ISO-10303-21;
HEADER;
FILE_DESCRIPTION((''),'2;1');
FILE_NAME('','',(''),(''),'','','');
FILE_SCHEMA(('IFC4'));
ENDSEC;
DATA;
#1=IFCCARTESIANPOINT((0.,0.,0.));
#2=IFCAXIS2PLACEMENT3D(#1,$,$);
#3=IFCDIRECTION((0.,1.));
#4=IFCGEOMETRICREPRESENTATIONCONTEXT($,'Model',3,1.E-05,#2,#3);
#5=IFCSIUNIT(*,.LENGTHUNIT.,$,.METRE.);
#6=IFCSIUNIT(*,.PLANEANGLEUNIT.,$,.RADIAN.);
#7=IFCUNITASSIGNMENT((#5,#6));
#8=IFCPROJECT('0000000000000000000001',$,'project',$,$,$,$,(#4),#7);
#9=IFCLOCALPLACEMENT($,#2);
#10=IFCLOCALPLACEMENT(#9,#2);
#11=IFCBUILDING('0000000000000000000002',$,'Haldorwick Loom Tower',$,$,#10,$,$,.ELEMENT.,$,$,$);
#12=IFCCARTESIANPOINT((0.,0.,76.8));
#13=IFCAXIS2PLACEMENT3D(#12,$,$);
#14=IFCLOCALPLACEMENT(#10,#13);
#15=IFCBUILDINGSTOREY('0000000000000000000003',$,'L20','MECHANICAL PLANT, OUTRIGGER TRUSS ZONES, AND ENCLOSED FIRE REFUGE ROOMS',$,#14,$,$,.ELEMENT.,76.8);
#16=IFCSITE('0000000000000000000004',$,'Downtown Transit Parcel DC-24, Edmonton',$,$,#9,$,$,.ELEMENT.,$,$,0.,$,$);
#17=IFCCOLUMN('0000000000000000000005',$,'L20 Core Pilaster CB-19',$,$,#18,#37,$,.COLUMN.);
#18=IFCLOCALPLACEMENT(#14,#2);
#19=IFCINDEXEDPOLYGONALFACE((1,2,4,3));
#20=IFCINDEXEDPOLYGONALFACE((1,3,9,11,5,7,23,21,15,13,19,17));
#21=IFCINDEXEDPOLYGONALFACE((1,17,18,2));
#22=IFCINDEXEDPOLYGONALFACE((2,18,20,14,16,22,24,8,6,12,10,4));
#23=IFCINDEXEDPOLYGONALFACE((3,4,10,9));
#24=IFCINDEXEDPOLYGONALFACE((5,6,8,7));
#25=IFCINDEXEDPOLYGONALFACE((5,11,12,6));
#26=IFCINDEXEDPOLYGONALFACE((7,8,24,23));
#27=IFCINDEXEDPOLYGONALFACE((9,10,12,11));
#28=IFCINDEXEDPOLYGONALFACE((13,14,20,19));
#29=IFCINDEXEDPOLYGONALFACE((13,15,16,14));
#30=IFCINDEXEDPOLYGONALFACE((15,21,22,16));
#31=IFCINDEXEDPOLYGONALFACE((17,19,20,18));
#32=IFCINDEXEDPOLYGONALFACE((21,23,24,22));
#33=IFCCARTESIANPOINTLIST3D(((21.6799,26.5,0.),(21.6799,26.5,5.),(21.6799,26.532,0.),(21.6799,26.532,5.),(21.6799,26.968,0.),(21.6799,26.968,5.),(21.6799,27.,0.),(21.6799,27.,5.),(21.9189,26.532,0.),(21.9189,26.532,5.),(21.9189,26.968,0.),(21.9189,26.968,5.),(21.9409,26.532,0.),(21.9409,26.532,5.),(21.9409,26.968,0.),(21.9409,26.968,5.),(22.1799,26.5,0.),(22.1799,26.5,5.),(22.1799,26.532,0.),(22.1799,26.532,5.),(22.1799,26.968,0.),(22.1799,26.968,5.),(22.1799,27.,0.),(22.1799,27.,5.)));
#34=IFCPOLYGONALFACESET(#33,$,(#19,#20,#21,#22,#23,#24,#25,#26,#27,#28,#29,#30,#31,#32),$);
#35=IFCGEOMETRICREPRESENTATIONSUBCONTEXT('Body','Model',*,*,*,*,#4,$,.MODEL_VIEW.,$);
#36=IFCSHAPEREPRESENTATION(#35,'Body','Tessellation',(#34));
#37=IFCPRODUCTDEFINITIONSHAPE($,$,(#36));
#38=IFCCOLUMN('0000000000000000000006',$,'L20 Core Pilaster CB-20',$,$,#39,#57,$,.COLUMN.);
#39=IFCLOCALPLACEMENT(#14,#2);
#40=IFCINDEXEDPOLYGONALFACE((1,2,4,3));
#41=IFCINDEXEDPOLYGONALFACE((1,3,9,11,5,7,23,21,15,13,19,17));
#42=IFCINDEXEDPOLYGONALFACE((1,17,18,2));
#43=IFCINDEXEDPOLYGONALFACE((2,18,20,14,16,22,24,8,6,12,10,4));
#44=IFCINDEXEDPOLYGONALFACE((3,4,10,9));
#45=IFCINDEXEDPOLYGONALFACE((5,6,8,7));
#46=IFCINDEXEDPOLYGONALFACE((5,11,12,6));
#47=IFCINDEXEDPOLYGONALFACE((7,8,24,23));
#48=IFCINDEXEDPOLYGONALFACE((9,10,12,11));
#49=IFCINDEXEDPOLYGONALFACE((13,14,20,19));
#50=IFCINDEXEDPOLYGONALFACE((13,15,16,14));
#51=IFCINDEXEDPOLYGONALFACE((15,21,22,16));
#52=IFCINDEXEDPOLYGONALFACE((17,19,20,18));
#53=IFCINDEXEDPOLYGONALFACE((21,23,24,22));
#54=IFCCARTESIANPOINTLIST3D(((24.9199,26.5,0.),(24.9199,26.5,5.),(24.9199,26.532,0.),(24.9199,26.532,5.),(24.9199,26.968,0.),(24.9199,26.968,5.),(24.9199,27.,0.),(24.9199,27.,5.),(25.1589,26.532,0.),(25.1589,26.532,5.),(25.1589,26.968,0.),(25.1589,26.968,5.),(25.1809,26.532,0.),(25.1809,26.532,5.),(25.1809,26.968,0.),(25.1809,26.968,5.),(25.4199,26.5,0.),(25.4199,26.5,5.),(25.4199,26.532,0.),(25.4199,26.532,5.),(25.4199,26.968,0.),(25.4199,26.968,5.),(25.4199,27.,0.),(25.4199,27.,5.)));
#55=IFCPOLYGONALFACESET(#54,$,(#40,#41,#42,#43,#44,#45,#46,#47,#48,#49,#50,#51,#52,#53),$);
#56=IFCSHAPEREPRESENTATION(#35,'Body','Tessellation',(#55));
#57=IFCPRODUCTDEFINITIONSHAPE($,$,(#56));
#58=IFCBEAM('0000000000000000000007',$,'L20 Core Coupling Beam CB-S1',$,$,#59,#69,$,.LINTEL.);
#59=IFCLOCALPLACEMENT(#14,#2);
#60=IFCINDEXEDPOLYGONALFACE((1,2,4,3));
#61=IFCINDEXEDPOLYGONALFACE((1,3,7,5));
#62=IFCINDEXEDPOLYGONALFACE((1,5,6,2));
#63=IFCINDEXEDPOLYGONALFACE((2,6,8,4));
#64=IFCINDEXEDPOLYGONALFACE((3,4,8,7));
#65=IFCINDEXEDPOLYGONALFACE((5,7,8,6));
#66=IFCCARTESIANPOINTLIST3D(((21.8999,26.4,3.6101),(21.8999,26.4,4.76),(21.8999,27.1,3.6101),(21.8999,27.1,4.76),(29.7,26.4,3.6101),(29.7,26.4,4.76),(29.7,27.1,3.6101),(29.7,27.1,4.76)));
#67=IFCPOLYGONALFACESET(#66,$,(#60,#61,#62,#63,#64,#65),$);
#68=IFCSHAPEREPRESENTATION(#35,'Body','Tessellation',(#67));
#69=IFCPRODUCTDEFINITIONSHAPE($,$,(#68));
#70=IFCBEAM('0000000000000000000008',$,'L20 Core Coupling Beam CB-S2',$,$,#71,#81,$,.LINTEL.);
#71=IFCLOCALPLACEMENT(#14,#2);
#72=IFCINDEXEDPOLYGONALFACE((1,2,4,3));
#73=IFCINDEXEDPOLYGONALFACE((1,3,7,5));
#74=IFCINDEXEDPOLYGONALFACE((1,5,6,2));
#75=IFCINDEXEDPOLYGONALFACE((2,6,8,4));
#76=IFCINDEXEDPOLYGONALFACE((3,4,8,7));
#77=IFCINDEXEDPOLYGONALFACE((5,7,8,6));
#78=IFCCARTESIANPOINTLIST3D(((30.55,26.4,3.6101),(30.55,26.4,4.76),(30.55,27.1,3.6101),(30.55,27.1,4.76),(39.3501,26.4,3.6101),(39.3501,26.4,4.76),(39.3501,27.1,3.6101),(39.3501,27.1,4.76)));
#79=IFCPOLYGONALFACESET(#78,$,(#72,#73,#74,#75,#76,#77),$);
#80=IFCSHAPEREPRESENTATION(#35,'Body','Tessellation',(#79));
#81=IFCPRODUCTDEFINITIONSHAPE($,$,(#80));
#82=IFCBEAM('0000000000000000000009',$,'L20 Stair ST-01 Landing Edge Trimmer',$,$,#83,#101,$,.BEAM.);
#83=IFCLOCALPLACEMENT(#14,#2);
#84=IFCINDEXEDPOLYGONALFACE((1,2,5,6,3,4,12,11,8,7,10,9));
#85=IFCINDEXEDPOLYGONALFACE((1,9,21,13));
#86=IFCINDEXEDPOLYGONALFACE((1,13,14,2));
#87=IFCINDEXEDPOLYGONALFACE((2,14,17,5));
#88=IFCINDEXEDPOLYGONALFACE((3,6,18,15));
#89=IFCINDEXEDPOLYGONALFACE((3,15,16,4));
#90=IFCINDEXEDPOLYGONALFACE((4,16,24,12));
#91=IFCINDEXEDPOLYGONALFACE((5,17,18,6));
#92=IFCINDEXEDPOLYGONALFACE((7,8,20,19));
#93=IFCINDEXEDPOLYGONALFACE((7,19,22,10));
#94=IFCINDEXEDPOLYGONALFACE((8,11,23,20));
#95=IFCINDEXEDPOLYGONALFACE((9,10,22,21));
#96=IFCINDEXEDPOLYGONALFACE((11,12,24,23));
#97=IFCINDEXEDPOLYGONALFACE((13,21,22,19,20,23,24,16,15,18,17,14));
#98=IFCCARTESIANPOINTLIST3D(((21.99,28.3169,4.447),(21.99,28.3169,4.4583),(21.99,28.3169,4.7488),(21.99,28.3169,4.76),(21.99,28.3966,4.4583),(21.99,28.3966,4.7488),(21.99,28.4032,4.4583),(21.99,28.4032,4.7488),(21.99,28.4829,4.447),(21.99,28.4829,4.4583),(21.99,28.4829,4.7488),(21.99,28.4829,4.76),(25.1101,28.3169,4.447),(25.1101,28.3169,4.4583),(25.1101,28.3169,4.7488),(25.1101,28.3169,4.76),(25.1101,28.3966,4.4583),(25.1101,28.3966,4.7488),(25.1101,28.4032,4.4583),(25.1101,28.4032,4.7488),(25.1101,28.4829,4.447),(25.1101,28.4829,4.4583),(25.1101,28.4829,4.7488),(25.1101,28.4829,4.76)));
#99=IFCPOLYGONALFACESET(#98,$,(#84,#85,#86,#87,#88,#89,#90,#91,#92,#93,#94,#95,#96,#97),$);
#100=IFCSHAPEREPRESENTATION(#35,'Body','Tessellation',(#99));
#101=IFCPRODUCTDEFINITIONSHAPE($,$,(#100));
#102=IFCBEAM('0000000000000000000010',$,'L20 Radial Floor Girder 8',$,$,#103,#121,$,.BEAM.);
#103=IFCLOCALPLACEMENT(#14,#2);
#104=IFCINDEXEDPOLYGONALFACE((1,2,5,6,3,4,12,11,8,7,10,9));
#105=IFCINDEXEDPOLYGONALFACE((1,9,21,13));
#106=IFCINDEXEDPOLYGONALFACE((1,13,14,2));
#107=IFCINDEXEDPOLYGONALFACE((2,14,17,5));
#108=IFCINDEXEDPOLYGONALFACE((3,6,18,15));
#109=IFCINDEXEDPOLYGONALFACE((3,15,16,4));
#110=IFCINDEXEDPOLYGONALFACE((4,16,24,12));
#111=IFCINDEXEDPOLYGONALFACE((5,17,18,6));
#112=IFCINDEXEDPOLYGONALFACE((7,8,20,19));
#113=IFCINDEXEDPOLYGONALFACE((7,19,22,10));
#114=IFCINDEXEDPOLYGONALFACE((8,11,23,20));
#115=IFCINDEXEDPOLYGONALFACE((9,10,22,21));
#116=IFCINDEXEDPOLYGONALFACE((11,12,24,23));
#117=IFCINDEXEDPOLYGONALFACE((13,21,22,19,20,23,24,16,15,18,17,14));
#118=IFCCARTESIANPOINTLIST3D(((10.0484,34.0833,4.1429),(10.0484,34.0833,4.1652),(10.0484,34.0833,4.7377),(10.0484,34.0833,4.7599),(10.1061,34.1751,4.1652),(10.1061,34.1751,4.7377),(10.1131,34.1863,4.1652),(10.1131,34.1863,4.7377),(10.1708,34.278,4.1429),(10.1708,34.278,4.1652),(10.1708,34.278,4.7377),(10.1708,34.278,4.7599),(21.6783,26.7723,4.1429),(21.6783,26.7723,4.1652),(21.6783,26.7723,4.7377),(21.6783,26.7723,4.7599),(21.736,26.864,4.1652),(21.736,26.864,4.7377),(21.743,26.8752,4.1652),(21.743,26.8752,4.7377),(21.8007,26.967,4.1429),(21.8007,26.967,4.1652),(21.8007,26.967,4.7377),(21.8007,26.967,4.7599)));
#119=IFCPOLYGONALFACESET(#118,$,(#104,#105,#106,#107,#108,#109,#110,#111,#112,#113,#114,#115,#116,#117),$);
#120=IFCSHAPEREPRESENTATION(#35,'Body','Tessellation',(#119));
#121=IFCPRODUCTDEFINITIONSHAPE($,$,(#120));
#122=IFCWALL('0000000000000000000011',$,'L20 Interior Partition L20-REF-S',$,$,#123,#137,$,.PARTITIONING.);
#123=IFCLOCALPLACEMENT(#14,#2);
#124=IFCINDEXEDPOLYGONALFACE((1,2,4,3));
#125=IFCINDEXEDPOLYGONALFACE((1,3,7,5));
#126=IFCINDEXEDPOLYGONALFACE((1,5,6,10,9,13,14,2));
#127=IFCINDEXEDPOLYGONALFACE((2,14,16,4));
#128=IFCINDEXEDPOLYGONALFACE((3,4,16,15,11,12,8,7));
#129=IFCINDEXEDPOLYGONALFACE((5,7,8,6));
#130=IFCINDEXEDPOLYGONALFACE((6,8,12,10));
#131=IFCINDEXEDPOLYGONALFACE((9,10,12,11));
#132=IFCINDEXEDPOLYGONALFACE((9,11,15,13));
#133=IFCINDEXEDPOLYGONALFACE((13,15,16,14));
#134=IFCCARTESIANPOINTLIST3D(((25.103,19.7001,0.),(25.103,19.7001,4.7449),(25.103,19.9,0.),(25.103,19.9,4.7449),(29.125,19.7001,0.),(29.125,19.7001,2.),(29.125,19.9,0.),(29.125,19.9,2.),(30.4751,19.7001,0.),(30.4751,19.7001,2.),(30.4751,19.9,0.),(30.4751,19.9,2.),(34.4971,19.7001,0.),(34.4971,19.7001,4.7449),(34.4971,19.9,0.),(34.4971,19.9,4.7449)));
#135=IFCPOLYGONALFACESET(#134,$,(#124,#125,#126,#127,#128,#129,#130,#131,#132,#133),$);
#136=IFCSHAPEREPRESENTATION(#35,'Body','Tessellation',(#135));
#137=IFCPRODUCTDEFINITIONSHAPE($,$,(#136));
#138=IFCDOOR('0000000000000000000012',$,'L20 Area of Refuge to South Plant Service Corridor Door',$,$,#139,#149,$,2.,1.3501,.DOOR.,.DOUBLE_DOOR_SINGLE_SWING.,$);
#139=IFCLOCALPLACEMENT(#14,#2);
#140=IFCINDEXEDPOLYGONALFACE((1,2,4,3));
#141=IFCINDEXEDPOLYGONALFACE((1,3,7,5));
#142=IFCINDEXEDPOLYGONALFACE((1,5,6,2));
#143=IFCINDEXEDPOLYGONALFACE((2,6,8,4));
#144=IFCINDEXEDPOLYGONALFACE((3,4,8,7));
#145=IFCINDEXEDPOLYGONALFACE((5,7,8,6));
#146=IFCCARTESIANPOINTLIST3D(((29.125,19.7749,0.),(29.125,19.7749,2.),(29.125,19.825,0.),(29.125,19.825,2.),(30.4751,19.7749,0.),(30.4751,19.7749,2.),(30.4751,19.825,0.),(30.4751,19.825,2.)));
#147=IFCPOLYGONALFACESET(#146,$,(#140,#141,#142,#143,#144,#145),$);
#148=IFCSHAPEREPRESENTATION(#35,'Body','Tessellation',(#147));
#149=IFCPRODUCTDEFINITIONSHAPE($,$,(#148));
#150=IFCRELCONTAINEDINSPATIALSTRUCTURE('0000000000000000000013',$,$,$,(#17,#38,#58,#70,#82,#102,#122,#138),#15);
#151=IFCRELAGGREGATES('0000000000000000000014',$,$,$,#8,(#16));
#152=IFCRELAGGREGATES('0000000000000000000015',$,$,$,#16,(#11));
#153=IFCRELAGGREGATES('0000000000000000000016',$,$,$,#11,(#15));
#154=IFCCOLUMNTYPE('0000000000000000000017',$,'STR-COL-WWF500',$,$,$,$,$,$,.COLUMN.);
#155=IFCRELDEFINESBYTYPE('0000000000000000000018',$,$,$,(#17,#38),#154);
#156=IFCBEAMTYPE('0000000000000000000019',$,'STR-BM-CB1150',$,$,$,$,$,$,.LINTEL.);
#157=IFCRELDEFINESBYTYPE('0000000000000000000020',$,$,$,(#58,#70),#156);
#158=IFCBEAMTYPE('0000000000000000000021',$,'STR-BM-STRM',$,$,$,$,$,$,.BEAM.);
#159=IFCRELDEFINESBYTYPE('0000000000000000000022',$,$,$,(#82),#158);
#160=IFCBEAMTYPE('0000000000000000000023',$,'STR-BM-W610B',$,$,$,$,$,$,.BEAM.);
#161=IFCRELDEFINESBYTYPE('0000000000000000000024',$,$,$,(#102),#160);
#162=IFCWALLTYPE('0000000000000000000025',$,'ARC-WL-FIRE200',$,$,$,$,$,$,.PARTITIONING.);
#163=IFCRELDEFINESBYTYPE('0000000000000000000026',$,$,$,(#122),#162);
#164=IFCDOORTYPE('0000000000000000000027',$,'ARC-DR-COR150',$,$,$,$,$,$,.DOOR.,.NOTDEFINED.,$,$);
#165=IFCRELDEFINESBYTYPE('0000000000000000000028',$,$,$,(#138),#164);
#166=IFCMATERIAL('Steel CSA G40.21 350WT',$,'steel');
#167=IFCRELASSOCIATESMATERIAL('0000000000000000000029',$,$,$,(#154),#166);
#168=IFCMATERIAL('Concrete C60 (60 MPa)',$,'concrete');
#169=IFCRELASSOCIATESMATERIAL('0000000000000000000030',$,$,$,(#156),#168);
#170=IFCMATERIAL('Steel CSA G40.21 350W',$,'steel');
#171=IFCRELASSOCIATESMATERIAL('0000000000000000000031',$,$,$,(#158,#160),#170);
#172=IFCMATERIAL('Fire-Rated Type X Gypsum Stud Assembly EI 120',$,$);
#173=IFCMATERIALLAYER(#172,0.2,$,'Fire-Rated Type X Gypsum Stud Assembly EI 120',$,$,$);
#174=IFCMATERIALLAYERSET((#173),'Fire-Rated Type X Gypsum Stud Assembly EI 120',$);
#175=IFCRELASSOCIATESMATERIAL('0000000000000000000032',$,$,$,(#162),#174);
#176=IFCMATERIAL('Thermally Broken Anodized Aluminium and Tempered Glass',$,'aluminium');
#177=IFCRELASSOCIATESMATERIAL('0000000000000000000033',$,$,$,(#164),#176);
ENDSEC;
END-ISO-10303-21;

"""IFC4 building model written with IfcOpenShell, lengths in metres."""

from ifc_helpers import new_model, si_unit, direction, frame, frame_2d, origin, origin_2d, place, context, subcontext, project, spatial, rectangle, i_section, extrude, material, layer, layer_set, material_profile, profile_set, type_object, element, fill, save


model = new_model("IFC4")

# Units and contexts
model_context = context("Model", 3, precision=1e-05, world=origin(), true_north=direction((0.0, 1.0)))
body_context = subcontext(model_context, "Body", "Model", "MODEL_VIEW")
ifc_project = project(units=[si_unit("LENGTHUNIT", "METRE"), si_unit("PLANEANGLEUNIT", "RADIAN")], contexts=[model_context])

# Site, building, storey
site_placement = place(None, origin())
site = spatial("IfcSite", under=ifc_project, at=site_placement, Name="Downtown Transit Parcel DC-24, Edmonton", CompositionType="ELEMENT", RefElevation=0.0)
building_placement = place(site_placement, origin())
building = spatial("IfcBuilding", under=site, at=building_placement, Name="Haldorwick Loom Tower", CompositionType="ELEMENT")
storey_placement = place(building_placement, frame((0.0, 0.0, 76.8)))
storey = spatial("IfcBuildingStorey", under=building, at=storey_placement, Name="L20", Description="MECHANICAL PLANT, OUTRIGGER TRUSS ZONES, AND ENCLOSED FIRE REFUGE ROOMS", CompositionType="ELEMENT", Elevation=76.8)

# Columns
ifc_material_1 = material(Name="Steel CSA G40.21 350WT", Category="steel")
ifc_material_profile_1 = material_profile(ifc_material_1, i_section(OverallWidth=0.5, OverallDepth=0.5, WebThickness=0.022, FlangeThickness=0.032, at=origin_2d()), Name="WWF500X500", Category="steel")
ifc_profile_set_1 = profile_set([ifc_material_profile_1], Name="Steel CSA G40.21 350WT")
column_type = type_object("IfcColumnType", Name="STR-COL-WWF500", PredefinedType="COLUMN", material=ifc_profile_set_1)
for number, where, z_axis, x_axis, name in (
    (1, (21.9299, 26.75, 0.0), (0.0, 0.0, 1.0), (1.0, 0.0, 0.0), "L20 Core Pilaster CB-19"),
    (2, (25.1699, 26.75, 0.0), (0.0, 0.0, 1.0), (1.0, 0.0, 0.0), "L20 Core Pilaster CB-20"),
):
    element("IfcColumn", number, at=place(storey_placement, frame(where, z_axis=z_axis, x_axis=x_axis)), inside=storey, type_object=column_type, Name=name, PredefinedType="COLUMN", context=body_context, shape_type="SweptSolid", body=[
        extrude(i_section(OverallWidth=0.5, OverallDepth=0.5, WebThickness=0.022, FlangeThickness=0.032, at=origin_2d()), origin(), (0.0, 0.0, 1.0), 5.0),
    ])

# Beams
ifc_material_2 = material(Name="Concrete C60 (60 MPa)", Category="concrete")
ifc_material_profile_2 = material_profile(ifc_material_2, rectangle(XDim=0.7, YDim=1.1499, at=origin_2d()), Name="RC700X1150", Category="concrete")
ifc_profile_set_2 = profile_set([ifc_material_profile_2], Name="Concrete C60 (60 MPa)")
beam_type_1 = type_object("IfcBeamType", Name="STR-BM-CB1150", PredefinedType="LINTEL", material=ifc_profile_set_2)
beam_1_placement = place(storey_placement, frame((21.8999, 26.75, 4.1851), z_axis=(1.0, 0.0, 0.0), x_axis=(0.0, 1.0, 0.0)))
element("IfcBeam", 3, at=beam_1_placement, inside=storey, type_object=beam_type_1, Name="L20 Core Coupling Beam CB-S1", PredefinedType="LINTEL", context=body_context, shape_type="SweptSolid", body=[
    extrude(rectangle(XDim=0.7, YDim=1.1499, at=origin_2d()), origin(), (0.0, 0.0, 1.0), 7.8),
])
beam_2_placement = place(storey_placement, frame((30.55, 26.75, 4.1851), z_axis=(1.0, 0.0, 0.0), x_axis=(0.0, 1.0, 0.0)))
element("IfcBeam", 4, at=beam_2_placement, inside=storey, type_object=beam_type_1, Name="L20 Core Coupling Beam CB-S2", PredefinedType="LINTEL", context=body_context, shape_type="SweptSolid", body=[
    extrude(rectangle(XDim=0.7, YDim=1.1499, at=origin_2d()), origin(), (0.0, 0.0, 1.0), 8.8),
])
ifc_material_3 = material(Name="Steel CSA G40.21 350W", Category="steel")
ifc_material_profile_3 = material_profile(ifc_material_3, i_section(OverallWidth=0.166, OverallDepth=0.313, WebThickness=0.0066, FlangeThickness=0.0112, at=origin_2d()), Name="W310X45", Category="steel")
ifc_profile_set_3 = profile_set([ifc_material_profile_3], Name="Steel CSA G40.21 350W")
beam_type_2 = type_object("IfcBeamType", Name="STR-BM-STRM", PredefinedType="BEAM", material=ifc_profile_set_3)
beam_3_placement = place(storey_placement, frame((21.99, 28.3999, 4.6035), z_axis=(1.0, 0.0, 0.0), x_axis=(0.0, 1.0, 0.0)))
element("IfcBeam", 5, at=beam_3_placement, inside=storey, type_object=beam_type_2, Name="L20 Stair ST-01 Landing Edge Trimmer", PredefinedType="BEAM", context=body_context, shape_type="SweptSolid", body=[
    extrude(i_section(OverallWidth=0.166, OverallDepth=0.313, WebThickness=0.0066, FlangeThickness=0.0112, at=origin_2d()), origin(), (0.0, 0.0, 1.0), 3.1201),
])
ifc_material_profile_4 = material_profile(ifc_material_3, i_section(OverallWidth=0.23, OverallDepth=0.6169, WebThickness=0.0132, FlangeThickness=0.0222, at=origin_2d()), Name="W610X140", Category="steel")
ifc_profile_set_4 = profile_set([ifc_material_profile_4], Name="Steel CSA G40.21 350W")
beam_type_3 = type_object("IfcBeamType", Name="STR-BM-W610B", PredefinedType="BEAM", material=ifc_profile_set_4)
beam_4_placement = place(storey_placement, frame((21.7395, 26.8696, 4.4514), z_axis=(-0.84661, 0.532214, 0.0), x_axis=(-0.532214, -0.84661, 0.0)))
element("IfcBeam", 6, at=beam_4_placement, inside=storey, type_object=beam_type_3, Name="L20 Radial Floor Girder 8", PredefinedType="BEAM", context=body_context, shape_type="SweptSolid", body=[
    extrude(i_section(OverallWidth=0.23, OverallDepth=0.6169, WebThickness=0.0132, FlangeThickness=0.0222, at=origin_2d()), origin(), (0.0, 0.0, 1.0), 13.7371),
])

# Wall, opening, door
ifc_material_4 = material(Name="Fire-Rated Type X Gypsum Stud Assembly EI 120")
ifc_layer_1 = layer(ifc_material_4, 0.2, Name="Fire-Rated Type X Gypsum Stud Assembly EI 120")
ifc_layer_set_1 = layer_set([ifc_layer_1], Name="Fire-Rated Type X Gypsum Stud Assembly EI 120")
wall_type_1 = type_object("IfcWallType", Name="ARC-WL-FIRE200", PredefinedType="PARTITIONING", material=ifc_layer_set_1)
wall_1_placement = place(storey_placement, frame((25.103, 19.8, 0.0), z_axis=(0.0, 0.0, 1.0), x_axis=(1.0, 0.0, 0.0)))
wall_1 = element("IfcWall", 7, at=wall_1_placement, inside=storey, type_object=wall_type_1, Name="L20 Interior Partition L20-REF-S", PredefinedType="PARTITIONING", context=body_context, shape_type="SweptSolid", body=[
    extrude(rectangle(XDim=9.394, YDim=0.2, at=frame_2d((4.697, 0.0))), origin(), (0.0, 0.0, 1.0), 4.7449),
])
opening_1_placement = place(wall_1_placement, frame((4.022, 0.0, 0.0)))
opening_1 = element("IfcOpeningElement", 8, at=opening_1_placement, cuts=wall_1, PredefinedType="OPENING", context=body_context, shape_type="SweptSolid", body=[
    extrude(rectangle(XDim=1.3501, YDim=2.0, at=frame_2d((0.675, 1.0))), frame((0.0, 0.1099, 0.0), z_axis=(0.0, -1.0, 0.0), x_axis=(1.0, 0.0, 0.0)), (0.0, 0.0, 1.0), 0.22),
])
ifc_material_5 = material(Name="Thermally Broken Anodized Aluminium and Tempered Glass", Category="aluminium")
door_type_1 = type_object("IfcDoorType", Name="ARC-DR-COR150", OperationType="NOTDEFINED", PredefinedType="DOOR", material=ifc_material_5)
door_1_placement = place(opening_1_placement, origin())
door_1 = element("IfcDoor", 9, at=door_1_placement, inside=storey, type_object=door_type_1, Name="L20 Area of Refuge to South Plant Service Corridor Door", OperationType="DOUBLE_DOOR_SINGLE_SWING", OverallHeight=2.0, OverallWidth=1.3501, PredefinedType="DOOR", context=body_context, shape_type="SweptSolid", body=[
    extrude(rectangle(XDim=1.3501, YDim=2.0, at=frame_2d((0.675, 1.0))), frame((0.0, 0.0249, 0.0), z_axis=(0.0, -1.0, 0.0), x_axis=(1.0, 0.0, 0.0)), (0.0, 0.0, 1.0), 0.05),
])
fill(opening_1, door_1)

save(model, "model.ifc")
